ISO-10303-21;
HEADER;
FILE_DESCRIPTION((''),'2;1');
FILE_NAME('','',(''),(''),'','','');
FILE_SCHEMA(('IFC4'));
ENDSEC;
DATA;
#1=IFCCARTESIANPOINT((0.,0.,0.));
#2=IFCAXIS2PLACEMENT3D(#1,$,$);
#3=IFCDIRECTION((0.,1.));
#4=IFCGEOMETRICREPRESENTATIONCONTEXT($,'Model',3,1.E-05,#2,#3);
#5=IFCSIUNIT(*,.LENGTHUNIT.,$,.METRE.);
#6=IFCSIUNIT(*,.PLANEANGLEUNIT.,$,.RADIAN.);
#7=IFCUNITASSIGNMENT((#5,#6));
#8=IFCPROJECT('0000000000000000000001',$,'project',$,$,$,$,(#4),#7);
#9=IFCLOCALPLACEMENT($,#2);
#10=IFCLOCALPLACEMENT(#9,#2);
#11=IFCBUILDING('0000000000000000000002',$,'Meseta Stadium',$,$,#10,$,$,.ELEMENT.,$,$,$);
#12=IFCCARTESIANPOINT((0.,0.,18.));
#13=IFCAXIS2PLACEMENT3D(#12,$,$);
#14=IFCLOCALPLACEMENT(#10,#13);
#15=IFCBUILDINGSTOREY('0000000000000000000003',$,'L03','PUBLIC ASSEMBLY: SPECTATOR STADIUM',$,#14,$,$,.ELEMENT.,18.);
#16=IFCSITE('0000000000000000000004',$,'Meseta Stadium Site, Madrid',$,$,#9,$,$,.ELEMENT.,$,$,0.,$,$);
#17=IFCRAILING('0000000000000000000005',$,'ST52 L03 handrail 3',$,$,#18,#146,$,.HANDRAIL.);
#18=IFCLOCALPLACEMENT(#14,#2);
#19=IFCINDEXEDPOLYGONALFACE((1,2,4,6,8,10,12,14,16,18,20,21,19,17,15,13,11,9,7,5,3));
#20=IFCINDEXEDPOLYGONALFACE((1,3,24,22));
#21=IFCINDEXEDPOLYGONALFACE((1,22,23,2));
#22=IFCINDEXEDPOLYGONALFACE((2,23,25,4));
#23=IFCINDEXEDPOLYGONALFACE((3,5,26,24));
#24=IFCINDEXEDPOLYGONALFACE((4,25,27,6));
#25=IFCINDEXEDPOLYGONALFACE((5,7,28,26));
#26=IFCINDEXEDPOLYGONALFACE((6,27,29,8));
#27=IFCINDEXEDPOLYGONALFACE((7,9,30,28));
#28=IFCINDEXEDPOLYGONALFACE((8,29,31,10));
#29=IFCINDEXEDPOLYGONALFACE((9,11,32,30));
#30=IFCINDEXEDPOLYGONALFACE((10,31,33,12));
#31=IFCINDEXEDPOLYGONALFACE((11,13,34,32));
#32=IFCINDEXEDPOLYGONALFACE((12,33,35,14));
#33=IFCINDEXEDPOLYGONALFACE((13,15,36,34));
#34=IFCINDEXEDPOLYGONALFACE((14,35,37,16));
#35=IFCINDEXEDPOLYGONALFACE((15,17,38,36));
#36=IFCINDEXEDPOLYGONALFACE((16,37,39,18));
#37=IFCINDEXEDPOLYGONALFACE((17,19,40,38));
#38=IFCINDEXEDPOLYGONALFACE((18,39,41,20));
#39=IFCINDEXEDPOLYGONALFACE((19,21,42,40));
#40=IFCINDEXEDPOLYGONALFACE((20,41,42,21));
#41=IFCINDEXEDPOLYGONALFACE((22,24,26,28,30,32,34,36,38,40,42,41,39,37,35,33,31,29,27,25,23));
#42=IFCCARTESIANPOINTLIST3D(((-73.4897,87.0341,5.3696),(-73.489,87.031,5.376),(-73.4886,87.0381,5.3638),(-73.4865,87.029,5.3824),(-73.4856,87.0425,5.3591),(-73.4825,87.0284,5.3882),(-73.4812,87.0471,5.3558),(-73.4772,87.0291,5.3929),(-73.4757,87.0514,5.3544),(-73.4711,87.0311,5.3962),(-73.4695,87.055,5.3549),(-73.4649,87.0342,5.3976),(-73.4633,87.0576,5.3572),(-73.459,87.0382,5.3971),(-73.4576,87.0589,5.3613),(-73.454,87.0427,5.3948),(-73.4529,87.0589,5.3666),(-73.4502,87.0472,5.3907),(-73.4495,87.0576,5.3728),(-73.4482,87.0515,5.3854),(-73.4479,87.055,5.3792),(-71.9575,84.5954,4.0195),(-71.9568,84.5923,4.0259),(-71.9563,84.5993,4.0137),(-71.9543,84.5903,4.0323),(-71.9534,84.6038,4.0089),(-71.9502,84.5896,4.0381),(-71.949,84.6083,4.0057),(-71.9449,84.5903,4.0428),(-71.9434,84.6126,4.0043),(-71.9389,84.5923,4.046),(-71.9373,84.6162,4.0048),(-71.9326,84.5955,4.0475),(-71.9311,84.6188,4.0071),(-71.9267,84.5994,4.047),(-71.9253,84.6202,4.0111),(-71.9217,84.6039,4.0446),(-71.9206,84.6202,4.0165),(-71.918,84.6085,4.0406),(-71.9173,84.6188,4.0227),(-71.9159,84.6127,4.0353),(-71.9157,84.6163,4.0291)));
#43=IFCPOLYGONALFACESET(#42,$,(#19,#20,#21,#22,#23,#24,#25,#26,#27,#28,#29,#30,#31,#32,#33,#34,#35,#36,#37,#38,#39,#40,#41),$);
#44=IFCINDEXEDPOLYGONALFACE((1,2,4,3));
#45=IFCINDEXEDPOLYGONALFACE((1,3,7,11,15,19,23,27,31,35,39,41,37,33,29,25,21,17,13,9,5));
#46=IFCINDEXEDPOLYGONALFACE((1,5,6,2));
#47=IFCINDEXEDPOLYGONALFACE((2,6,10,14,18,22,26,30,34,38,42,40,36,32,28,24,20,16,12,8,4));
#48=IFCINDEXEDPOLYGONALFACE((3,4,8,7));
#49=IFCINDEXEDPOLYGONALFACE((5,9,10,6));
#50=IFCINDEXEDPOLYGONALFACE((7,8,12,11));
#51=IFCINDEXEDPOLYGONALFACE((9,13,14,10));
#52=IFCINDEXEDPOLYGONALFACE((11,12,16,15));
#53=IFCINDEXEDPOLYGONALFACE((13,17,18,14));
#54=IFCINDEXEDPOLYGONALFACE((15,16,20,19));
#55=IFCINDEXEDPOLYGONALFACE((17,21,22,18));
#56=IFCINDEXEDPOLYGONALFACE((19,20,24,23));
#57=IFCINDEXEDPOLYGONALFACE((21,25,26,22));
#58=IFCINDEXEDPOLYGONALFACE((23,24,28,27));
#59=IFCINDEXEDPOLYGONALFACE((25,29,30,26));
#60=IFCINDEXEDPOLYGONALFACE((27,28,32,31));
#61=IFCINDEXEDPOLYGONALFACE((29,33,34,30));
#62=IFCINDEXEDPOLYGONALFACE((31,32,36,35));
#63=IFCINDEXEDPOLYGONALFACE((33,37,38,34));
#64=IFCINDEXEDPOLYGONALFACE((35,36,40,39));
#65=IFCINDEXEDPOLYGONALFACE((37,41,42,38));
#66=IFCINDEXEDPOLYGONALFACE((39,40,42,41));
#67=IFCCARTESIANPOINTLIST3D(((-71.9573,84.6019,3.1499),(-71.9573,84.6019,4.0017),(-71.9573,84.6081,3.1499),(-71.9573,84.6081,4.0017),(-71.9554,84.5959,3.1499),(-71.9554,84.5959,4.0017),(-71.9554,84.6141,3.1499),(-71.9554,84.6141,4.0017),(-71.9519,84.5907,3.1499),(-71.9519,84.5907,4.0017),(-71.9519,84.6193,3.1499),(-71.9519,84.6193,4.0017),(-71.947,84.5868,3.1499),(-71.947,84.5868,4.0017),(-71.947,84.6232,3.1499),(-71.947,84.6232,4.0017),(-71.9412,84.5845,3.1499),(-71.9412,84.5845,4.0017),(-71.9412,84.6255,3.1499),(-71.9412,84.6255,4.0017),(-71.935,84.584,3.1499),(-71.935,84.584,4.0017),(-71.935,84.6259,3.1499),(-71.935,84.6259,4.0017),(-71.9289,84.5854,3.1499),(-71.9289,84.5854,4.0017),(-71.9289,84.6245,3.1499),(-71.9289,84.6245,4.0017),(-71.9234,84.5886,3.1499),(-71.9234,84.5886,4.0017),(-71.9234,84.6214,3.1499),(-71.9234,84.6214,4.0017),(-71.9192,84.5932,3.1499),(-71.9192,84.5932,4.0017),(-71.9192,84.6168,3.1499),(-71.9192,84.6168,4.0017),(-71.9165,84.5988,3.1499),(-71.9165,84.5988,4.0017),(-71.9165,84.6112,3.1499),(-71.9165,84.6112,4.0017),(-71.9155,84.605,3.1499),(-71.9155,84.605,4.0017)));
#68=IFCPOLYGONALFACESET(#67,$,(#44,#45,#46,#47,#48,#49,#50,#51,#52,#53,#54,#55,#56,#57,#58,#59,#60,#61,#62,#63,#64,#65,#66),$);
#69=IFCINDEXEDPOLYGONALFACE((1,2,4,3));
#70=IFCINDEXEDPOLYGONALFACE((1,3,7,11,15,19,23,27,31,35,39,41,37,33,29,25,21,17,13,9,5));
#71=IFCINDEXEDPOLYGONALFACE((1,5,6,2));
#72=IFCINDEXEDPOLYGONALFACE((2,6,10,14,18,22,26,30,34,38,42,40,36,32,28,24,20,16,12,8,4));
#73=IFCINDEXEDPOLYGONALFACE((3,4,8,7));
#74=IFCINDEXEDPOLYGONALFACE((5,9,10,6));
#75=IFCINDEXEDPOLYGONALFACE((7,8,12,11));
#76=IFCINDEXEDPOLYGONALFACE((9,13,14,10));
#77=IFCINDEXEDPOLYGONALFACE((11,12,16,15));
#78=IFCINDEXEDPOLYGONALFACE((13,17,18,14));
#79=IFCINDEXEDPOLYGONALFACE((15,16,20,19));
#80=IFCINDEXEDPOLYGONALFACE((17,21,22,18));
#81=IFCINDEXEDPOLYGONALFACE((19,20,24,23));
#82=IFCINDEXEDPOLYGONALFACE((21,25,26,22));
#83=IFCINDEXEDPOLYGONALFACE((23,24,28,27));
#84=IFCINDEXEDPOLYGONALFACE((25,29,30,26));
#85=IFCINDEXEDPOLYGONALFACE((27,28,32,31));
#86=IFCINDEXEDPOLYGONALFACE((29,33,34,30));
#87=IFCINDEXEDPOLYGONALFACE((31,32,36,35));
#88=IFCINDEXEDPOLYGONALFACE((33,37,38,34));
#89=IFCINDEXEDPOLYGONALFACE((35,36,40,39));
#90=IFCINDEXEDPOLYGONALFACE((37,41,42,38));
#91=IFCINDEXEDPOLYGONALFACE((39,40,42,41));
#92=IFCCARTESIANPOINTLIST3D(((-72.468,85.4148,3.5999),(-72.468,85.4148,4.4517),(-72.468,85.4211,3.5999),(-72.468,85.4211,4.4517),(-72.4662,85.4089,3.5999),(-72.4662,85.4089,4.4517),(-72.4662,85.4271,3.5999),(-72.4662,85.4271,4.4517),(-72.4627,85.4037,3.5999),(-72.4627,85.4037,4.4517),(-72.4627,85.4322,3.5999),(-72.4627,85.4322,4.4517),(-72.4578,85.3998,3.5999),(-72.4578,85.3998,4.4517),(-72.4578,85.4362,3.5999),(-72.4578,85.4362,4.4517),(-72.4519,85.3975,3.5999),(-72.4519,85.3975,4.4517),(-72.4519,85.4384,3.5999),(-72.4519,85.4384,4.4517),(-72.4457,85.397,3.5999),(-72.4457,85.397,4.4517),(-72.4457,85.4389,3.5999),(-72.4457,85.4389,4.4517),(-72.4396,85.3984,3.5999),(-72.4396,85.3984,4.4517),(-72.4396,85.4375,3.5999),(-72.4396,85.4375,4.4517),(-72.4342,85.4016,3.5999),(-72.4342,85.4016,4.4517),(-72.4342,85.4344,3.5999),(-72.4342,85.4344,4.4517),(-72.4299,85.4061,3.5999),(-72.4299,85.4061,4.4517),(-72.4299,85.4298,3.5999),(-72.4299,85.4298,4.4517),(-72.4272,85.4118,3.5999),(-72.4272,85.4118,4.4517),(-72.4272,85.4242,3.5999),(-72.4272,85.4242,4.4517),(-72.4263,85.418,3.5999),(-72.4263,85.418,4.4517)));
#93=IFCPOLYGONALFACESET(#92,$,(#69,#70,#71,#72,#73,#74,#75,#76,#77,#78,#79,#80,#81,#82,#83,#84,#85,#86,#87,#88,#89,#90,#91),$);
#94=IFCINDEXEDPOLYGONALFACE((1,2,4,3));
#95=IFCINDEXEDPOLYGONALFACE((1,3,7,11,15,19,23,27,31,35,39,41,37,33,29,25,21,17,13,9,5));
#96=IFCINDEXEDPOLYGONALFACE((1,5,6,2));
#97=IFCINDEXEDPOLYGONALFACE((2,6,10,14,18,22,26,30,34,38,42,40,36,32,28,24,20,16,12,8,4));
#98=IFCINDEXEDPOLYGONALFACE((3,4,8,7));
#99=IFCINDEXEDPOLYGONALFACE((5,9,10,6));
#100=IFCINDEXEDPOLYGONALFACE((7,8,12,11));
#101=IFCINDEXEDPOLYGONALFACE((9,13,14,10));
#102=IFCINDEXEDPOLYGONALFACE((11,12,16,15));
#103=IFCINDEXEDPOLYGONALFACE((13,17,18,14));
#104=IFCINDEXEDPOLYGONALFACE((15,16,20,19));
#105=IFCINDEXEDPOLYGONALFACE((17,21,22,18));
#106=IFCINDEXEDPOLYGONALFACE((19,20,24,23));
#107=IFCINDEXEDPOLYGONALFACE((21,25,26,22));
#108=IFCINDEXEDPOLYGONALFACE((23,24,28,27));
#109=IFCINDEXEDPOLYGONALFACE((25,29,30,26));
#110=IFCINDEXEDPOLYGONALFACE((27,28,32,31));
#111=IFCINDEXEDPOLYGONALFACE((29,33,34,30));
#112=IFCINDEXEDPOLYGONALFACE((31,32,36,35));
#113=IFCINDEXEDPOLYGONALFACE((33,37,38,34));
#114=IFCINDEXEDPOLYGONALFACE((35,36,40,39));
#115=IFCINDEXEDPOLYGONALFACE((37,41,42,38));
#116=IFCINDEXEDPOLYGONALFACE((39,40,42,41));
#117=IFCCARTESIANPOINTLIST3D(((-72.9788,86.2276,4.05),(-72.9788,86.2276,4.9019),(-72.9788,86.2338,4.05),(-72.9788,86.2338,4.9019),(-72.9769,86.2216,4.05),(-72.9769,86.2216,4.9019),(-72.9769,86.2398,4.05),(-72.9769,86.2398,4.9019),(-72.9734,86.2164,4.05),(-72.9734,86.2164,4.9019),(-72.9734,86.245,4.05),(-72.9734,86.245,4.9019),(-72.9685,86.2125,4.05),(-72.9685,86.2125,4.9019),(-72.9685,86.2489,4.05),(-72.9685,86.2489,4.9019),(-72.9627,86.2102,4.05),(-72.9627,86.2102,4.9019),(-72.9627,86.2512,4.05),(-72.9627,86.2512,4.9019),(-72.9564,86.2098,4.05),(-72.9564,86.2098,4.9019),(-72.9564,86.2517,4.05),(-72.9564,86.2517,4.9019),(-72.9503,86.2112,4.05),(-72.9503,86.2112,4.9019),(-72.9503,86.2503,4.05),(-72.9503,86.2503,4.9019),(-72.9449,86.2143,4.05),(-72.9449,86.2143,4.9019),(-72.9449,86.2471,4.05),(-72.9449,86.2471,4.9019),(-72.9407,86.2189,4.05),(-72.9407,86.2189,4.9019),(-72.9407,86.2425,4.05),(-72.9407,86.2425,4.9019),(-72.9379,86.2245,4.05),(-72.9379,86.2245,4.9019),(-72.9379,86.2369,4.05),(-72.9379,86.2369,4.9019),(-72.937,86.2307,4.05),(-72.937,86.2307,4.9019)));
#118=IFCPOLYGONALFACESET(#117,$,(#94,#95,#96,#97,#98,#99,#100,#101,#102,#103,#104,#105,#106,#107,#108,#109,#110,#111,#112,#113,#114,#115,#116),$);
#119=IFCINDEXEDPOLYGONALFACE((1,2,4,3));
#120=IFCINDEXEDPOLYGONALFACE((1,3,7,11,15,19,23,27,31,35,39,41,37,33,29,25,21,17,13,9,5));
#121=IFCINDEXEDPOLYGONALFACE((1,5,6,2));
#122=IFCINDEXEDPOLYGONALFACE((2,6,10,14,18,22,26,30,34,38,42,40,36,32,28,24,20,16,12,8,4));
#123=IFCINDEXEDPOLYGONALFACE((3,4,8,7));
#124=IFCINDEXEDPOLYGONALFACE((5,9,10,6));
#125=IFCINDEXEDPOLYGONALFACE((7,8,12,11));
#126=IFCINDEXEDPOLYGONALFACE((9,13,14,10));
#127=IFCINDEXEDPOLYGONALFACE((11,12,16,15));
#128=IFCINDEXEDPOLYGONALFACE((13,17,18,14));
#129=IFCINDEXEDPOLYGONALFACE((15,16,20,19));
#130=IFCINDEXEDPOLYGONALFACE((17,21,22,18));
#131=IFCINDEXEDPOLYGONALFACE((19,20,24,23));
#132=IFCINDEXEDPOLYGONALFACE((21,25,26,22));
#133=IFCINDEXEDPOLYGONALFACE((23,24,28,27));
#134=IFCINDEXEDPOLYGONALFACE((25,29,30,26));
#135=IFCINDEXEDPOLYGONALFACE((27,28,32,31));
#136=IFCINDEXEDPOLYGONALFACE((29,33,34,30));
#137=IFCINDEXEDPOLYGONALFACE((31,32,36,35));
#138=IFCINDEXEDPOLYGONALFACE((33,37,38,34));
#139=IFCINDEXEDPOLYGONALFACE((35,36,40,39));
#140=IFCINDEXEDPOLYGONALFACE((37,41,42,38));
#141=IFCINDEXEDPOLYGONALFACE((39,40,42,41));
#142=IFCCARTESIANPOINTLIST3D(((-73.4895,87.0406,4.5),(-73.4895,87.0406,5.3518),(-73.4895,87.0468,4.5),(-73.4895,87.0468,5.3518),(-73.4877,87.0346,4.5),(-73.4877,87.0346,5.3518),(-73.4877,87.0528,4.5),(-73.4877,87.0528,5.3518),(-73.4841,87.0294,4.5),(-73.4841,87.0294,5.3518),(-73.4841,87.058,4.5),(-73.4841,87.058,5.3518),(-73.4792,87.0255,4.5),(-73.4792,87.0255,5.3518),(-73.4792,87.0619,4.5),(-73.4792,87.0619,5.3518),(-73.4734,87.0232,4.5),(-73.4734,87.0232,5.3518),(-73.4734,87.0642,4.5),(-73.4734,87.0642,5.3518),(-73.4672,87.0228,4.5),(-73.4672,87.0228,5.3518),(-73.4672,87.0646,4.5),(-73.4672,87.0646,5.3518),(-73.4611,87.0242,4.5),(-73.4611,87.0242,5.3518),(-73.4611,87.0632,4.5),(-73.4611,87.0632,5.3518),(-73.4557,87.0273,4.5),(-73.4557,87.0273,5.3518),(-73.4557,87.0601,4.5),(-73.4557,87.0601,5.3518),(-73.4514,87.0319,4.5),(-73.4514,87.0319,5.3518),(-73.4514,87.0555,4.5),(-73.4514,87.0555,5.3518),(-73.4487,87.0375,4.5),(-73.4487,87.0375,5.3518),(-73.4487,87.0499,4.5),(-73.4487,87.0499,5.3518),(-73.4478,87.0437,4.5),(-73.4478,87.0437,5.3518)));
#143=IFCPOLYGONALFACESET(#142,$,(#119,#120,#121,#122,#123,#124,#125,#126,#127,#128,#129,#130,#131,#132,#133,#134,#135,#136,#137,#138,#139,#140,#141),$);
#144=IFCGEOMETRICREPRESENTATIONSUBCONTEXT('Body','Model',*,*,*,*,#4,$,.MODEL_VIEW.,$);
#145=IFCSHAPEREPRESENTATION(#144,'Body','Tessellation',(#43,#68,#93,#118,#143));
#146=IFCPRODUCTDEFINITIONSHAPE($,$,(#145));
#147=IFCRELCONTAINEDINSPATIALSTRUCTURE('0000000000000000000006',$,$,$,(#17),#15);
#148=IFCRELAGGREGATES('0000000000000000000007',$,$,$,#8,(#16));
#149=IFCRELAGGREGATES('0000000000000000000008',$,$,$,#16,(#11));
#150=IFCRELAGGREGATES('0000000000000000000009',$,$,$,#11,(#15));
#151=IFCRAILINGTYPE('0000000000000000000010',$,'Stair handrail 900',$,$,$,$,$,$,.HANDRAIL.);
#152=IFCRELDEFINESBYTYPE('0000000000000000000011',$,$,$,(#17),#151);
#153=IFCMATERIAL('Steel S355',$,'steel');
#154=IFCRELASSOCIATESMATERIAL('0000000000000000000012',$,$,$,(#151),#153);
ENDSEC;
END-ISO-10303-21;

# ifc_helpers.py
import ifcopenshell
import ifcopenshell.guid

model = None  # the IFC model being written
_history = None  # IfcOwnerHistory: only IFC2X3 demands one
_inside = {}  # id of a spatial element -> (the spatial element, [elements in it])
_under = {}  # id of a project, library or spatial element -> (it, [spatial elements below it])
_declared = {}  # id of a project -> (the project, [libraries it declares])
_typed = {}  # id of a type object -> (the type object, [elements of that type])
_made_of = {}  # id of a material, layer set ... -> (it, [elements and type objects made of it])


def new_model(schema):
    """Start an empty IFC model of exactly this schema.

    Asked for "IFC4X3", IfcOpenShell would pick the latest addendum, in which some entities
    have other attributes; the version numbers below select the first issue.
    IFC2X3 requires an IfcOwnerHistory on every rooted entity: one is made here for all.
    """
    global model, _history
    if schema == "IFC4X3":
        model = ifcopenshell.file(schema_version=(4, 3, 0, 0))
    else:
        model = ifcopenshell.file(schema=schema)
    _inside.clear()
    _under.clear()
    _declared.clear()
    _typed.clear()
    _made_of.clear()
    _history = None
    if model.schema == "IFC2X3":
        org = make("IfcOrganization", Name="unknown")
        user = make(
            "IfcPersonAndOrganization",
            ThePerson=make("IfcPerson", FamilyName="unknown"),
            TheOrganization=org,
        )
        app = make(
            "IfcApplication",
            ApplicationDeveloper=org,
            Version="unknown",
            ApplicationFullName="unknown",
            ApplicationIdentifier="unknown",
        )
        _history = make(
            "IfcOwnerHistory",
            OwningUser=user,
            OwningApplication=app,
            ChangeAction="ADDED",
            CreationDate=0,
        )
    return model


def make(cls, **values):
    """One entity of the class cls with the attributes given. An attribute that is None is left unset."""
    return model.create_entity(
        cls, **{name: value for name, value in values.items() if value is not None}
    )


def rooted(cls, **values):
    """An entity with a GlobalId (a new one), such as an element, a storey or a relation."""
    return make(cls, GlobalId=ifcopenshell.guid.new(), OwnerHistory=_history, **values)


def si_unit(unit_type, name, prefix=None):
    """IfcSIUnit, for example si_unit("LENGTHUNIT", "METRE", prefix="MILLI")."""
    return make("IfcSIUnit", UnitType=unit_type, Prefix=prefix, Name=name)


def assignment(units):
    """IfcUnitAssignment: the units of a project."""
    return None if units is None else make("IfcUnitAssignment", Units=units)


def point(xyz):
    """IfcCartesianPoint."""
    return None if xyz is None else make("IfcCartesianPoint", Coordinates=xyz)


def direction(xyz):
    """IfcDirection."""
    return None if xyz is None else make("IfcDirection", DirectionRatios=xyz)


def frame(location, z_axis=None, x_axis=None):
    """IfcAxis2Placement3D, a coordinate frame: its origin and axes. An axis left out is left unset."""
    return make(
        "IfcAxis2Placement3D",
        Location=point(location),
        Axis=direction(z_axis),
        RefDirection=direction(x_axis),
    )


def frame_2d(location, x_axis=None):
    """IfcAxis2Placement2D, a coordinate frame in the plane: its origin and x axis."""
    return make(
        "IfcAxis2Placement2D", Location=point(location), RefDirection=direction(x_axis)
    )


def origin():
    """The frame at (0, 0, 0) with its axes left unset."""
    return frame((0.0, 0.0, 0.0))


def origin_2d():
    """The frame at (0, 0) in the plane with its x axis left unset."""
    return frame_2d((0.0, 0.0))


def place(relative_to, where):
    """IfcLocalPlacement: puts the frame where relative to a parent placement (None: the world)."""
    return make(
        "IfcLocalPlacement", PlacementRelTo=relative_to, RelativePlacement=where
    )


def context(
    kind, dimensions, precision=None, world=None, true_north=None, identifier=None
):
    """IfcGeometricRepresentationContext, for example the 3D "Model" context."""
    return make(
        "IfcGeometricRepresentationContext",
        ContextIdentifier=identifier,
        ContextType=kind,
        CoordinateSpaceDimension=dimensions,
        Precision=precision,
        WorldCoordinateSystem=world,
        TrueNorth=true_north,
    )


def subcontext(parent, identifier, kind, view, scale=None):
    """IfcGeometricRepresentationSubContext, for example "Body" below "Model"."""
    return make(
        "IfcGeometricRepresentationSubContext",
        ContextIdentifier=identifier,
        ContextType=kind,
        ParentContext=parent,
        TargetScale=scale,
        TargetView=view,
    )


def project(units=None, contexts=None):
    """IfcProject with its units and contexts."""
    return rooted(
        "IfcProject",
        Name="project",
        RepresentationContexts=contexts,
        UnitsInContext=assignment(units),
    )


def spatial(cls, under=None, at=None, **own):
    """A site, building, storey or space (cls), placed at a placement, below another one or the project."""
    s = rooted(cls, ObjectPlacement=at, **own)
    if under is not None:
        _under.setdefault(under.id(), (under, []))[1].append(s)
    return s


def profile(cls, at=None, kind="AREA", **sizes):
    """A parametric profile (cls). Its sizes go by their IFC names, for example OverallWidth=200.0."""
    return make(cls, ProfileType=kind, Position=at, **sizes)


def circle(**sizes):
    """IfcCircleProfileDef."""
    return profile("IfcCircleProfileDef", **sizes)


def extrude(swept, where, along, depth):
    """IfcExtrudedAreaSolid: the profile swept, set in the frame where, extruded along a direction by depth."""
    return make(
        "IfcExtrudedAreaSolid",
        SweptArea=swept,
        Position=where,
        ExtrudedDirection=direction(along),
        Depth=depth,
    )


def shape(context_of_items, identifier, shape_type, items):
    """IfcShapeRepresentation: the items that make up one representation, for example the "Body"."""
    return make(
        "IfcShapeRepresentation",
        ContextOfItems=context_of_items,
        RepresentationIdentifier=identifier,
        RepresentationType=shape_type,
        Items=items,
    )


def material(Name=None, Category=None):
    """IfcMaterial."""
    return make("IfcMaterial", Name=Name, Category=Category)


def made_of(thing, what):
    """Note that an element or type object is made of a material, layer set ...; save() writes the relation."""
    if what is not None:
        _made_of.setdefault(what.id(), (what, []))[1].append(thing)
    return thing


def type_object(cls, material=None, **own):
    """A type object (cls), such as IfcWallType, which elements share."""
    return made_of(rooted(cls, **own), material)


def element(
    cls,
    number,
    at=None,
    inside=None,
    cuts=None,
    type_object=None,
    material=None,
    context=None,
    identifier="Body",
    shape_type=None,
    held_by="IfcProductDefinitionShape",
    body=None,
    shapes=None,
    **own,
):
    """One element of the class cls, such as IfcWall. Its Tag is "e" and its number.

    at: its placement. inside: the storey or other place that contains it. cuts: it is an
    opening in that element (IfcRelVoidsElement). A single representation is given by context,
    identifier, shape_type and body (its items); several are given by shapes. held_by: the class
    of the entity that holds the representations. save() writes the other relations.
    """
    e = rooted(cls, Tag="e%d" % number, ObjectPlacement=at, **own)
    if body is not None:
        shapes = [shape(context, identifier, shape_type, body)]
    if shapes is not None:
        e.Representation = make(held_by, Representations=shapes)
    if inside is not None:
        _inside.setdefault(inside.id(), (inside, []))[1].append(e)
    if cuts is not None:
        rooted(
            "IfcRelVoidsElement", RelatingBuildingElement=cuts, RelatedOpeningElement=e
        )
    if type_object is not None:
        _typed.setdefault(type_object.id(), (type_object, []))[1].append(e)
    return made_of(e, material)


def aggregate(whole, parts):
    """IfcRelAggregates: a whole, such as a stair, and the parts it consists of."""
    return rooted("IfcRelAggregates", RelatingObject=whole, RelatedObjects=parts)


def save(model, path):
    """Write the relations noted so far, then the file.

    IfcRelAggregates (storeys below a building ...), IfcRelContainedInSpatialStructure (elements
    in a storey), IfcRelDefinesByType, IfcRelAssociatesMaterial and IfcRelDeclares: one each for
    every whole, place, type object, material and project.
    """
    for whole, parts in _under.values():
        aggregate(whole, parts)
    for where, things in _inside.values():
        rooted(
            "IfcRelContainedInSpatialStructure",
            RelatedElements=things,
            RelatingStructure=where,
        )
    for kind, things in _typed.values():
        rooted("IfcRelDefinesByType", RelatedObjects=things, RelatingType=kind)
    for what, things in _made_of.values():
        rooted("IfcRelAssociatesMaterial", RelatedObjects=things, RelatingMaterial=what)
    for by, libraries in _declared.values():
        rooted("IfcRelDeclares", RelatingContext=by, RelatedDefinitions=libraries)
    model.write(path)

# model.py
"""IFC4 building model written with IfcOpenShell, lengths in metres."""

from ifc_helpers import new_model, si_unit, direction, frame, origin, origin_2d, place, context, subcontext, project, spatial, circle, extrude, material, type_object, element, save


model = new_model("IFC4")

# Units and contexts
model_context = context("Model", 3, precision=1e-05, world=origin(), true_north=direction((0.0, 1.0)))
body_context = subcontext(model_context, "Body", "Model", "MODEL_VIEW")
ifc_project = project(units=[si_unit("LENGTHUNIT", "METRE"), si_unit("PLANEANGLEUNIT", "RADIAN")], contexts=[model_context])

# Site, building, storey
site_placement = place(None, origin())
site = spatial("IfcSite", under=ifc_project, at=site_placement, Name="Meseta Stadium Site, Madrid", CompositionType="ELEMENT", RefElevation=0.0)
building_placement = place(site_placement, origin())
building = spatial("IfcBuilding", under=site, at=building_placement, Name="Meseta Stadium", CompositionType="ELEMENT")
storey_placement = place(building_placement, frame((0.0, 0.0, 18.0)))
storey = spatial("IfcBuildingStorey", under=building, at=storey_placement, Name="L03", Description="PUBLIC ASSEMBLY: SPECTATOR STADIUM", CompositionType="ELEMENT", Elevation=18.0)

# Railing
ifc_material_1 = material(Name="Steel S355", Category="steel")
railing_type_1 = type_object("IfcRailingType", Name="Stair handrail 900", PredefinedType="HANDRAIL", material=ifc_material_1)
for number, where, name in (
    (1, (-71.9365, 84.605, 3.1499), "ST52 L03 handrail 3"),
):
    element("IfcRailing", number, at=place(storey_placement, frame(where)), inside=storey, type_object=railing_type_1, Name=name, PredefinedType="HANDRAIL", context=body_context, shape_type="SweptSolid", body=[
        extrude(circle(Radius=0.0239, at=origin_2d()), frame((0.0, 0.0, 0.876), z_axis=(-0.481703, 0.766687, 0.424445), x_axis=(-0.846743, -0.532001, 0.0)), (0.0, 0.0, 1.0), 3.1809),
        extrude(circle(Radius=0.021, at=origin_2d()), origin(), (0.0, 0.0, 1.0), 0.8518),
        extrude(circle(Radius=0.021, at=origin_2d()), frame((-0.5107, 0.813, 0.45)), (0.0, 0.0, 1.0), 0.8518),
        extrude(circle(Radius=0.021, at=origin_2d()), frame((-1.0215, 1.6257, 0.9001)), (0.0, 0.0, 1.0), 0.8518),
        extrude(circle(Radius=0.021, at=origin_2d()), frame((-1.5322, 2.4387, 1.3501)), (0.0, 0.0, 1.0), 0.8518),
    ])

save(model, "model.ifc")
